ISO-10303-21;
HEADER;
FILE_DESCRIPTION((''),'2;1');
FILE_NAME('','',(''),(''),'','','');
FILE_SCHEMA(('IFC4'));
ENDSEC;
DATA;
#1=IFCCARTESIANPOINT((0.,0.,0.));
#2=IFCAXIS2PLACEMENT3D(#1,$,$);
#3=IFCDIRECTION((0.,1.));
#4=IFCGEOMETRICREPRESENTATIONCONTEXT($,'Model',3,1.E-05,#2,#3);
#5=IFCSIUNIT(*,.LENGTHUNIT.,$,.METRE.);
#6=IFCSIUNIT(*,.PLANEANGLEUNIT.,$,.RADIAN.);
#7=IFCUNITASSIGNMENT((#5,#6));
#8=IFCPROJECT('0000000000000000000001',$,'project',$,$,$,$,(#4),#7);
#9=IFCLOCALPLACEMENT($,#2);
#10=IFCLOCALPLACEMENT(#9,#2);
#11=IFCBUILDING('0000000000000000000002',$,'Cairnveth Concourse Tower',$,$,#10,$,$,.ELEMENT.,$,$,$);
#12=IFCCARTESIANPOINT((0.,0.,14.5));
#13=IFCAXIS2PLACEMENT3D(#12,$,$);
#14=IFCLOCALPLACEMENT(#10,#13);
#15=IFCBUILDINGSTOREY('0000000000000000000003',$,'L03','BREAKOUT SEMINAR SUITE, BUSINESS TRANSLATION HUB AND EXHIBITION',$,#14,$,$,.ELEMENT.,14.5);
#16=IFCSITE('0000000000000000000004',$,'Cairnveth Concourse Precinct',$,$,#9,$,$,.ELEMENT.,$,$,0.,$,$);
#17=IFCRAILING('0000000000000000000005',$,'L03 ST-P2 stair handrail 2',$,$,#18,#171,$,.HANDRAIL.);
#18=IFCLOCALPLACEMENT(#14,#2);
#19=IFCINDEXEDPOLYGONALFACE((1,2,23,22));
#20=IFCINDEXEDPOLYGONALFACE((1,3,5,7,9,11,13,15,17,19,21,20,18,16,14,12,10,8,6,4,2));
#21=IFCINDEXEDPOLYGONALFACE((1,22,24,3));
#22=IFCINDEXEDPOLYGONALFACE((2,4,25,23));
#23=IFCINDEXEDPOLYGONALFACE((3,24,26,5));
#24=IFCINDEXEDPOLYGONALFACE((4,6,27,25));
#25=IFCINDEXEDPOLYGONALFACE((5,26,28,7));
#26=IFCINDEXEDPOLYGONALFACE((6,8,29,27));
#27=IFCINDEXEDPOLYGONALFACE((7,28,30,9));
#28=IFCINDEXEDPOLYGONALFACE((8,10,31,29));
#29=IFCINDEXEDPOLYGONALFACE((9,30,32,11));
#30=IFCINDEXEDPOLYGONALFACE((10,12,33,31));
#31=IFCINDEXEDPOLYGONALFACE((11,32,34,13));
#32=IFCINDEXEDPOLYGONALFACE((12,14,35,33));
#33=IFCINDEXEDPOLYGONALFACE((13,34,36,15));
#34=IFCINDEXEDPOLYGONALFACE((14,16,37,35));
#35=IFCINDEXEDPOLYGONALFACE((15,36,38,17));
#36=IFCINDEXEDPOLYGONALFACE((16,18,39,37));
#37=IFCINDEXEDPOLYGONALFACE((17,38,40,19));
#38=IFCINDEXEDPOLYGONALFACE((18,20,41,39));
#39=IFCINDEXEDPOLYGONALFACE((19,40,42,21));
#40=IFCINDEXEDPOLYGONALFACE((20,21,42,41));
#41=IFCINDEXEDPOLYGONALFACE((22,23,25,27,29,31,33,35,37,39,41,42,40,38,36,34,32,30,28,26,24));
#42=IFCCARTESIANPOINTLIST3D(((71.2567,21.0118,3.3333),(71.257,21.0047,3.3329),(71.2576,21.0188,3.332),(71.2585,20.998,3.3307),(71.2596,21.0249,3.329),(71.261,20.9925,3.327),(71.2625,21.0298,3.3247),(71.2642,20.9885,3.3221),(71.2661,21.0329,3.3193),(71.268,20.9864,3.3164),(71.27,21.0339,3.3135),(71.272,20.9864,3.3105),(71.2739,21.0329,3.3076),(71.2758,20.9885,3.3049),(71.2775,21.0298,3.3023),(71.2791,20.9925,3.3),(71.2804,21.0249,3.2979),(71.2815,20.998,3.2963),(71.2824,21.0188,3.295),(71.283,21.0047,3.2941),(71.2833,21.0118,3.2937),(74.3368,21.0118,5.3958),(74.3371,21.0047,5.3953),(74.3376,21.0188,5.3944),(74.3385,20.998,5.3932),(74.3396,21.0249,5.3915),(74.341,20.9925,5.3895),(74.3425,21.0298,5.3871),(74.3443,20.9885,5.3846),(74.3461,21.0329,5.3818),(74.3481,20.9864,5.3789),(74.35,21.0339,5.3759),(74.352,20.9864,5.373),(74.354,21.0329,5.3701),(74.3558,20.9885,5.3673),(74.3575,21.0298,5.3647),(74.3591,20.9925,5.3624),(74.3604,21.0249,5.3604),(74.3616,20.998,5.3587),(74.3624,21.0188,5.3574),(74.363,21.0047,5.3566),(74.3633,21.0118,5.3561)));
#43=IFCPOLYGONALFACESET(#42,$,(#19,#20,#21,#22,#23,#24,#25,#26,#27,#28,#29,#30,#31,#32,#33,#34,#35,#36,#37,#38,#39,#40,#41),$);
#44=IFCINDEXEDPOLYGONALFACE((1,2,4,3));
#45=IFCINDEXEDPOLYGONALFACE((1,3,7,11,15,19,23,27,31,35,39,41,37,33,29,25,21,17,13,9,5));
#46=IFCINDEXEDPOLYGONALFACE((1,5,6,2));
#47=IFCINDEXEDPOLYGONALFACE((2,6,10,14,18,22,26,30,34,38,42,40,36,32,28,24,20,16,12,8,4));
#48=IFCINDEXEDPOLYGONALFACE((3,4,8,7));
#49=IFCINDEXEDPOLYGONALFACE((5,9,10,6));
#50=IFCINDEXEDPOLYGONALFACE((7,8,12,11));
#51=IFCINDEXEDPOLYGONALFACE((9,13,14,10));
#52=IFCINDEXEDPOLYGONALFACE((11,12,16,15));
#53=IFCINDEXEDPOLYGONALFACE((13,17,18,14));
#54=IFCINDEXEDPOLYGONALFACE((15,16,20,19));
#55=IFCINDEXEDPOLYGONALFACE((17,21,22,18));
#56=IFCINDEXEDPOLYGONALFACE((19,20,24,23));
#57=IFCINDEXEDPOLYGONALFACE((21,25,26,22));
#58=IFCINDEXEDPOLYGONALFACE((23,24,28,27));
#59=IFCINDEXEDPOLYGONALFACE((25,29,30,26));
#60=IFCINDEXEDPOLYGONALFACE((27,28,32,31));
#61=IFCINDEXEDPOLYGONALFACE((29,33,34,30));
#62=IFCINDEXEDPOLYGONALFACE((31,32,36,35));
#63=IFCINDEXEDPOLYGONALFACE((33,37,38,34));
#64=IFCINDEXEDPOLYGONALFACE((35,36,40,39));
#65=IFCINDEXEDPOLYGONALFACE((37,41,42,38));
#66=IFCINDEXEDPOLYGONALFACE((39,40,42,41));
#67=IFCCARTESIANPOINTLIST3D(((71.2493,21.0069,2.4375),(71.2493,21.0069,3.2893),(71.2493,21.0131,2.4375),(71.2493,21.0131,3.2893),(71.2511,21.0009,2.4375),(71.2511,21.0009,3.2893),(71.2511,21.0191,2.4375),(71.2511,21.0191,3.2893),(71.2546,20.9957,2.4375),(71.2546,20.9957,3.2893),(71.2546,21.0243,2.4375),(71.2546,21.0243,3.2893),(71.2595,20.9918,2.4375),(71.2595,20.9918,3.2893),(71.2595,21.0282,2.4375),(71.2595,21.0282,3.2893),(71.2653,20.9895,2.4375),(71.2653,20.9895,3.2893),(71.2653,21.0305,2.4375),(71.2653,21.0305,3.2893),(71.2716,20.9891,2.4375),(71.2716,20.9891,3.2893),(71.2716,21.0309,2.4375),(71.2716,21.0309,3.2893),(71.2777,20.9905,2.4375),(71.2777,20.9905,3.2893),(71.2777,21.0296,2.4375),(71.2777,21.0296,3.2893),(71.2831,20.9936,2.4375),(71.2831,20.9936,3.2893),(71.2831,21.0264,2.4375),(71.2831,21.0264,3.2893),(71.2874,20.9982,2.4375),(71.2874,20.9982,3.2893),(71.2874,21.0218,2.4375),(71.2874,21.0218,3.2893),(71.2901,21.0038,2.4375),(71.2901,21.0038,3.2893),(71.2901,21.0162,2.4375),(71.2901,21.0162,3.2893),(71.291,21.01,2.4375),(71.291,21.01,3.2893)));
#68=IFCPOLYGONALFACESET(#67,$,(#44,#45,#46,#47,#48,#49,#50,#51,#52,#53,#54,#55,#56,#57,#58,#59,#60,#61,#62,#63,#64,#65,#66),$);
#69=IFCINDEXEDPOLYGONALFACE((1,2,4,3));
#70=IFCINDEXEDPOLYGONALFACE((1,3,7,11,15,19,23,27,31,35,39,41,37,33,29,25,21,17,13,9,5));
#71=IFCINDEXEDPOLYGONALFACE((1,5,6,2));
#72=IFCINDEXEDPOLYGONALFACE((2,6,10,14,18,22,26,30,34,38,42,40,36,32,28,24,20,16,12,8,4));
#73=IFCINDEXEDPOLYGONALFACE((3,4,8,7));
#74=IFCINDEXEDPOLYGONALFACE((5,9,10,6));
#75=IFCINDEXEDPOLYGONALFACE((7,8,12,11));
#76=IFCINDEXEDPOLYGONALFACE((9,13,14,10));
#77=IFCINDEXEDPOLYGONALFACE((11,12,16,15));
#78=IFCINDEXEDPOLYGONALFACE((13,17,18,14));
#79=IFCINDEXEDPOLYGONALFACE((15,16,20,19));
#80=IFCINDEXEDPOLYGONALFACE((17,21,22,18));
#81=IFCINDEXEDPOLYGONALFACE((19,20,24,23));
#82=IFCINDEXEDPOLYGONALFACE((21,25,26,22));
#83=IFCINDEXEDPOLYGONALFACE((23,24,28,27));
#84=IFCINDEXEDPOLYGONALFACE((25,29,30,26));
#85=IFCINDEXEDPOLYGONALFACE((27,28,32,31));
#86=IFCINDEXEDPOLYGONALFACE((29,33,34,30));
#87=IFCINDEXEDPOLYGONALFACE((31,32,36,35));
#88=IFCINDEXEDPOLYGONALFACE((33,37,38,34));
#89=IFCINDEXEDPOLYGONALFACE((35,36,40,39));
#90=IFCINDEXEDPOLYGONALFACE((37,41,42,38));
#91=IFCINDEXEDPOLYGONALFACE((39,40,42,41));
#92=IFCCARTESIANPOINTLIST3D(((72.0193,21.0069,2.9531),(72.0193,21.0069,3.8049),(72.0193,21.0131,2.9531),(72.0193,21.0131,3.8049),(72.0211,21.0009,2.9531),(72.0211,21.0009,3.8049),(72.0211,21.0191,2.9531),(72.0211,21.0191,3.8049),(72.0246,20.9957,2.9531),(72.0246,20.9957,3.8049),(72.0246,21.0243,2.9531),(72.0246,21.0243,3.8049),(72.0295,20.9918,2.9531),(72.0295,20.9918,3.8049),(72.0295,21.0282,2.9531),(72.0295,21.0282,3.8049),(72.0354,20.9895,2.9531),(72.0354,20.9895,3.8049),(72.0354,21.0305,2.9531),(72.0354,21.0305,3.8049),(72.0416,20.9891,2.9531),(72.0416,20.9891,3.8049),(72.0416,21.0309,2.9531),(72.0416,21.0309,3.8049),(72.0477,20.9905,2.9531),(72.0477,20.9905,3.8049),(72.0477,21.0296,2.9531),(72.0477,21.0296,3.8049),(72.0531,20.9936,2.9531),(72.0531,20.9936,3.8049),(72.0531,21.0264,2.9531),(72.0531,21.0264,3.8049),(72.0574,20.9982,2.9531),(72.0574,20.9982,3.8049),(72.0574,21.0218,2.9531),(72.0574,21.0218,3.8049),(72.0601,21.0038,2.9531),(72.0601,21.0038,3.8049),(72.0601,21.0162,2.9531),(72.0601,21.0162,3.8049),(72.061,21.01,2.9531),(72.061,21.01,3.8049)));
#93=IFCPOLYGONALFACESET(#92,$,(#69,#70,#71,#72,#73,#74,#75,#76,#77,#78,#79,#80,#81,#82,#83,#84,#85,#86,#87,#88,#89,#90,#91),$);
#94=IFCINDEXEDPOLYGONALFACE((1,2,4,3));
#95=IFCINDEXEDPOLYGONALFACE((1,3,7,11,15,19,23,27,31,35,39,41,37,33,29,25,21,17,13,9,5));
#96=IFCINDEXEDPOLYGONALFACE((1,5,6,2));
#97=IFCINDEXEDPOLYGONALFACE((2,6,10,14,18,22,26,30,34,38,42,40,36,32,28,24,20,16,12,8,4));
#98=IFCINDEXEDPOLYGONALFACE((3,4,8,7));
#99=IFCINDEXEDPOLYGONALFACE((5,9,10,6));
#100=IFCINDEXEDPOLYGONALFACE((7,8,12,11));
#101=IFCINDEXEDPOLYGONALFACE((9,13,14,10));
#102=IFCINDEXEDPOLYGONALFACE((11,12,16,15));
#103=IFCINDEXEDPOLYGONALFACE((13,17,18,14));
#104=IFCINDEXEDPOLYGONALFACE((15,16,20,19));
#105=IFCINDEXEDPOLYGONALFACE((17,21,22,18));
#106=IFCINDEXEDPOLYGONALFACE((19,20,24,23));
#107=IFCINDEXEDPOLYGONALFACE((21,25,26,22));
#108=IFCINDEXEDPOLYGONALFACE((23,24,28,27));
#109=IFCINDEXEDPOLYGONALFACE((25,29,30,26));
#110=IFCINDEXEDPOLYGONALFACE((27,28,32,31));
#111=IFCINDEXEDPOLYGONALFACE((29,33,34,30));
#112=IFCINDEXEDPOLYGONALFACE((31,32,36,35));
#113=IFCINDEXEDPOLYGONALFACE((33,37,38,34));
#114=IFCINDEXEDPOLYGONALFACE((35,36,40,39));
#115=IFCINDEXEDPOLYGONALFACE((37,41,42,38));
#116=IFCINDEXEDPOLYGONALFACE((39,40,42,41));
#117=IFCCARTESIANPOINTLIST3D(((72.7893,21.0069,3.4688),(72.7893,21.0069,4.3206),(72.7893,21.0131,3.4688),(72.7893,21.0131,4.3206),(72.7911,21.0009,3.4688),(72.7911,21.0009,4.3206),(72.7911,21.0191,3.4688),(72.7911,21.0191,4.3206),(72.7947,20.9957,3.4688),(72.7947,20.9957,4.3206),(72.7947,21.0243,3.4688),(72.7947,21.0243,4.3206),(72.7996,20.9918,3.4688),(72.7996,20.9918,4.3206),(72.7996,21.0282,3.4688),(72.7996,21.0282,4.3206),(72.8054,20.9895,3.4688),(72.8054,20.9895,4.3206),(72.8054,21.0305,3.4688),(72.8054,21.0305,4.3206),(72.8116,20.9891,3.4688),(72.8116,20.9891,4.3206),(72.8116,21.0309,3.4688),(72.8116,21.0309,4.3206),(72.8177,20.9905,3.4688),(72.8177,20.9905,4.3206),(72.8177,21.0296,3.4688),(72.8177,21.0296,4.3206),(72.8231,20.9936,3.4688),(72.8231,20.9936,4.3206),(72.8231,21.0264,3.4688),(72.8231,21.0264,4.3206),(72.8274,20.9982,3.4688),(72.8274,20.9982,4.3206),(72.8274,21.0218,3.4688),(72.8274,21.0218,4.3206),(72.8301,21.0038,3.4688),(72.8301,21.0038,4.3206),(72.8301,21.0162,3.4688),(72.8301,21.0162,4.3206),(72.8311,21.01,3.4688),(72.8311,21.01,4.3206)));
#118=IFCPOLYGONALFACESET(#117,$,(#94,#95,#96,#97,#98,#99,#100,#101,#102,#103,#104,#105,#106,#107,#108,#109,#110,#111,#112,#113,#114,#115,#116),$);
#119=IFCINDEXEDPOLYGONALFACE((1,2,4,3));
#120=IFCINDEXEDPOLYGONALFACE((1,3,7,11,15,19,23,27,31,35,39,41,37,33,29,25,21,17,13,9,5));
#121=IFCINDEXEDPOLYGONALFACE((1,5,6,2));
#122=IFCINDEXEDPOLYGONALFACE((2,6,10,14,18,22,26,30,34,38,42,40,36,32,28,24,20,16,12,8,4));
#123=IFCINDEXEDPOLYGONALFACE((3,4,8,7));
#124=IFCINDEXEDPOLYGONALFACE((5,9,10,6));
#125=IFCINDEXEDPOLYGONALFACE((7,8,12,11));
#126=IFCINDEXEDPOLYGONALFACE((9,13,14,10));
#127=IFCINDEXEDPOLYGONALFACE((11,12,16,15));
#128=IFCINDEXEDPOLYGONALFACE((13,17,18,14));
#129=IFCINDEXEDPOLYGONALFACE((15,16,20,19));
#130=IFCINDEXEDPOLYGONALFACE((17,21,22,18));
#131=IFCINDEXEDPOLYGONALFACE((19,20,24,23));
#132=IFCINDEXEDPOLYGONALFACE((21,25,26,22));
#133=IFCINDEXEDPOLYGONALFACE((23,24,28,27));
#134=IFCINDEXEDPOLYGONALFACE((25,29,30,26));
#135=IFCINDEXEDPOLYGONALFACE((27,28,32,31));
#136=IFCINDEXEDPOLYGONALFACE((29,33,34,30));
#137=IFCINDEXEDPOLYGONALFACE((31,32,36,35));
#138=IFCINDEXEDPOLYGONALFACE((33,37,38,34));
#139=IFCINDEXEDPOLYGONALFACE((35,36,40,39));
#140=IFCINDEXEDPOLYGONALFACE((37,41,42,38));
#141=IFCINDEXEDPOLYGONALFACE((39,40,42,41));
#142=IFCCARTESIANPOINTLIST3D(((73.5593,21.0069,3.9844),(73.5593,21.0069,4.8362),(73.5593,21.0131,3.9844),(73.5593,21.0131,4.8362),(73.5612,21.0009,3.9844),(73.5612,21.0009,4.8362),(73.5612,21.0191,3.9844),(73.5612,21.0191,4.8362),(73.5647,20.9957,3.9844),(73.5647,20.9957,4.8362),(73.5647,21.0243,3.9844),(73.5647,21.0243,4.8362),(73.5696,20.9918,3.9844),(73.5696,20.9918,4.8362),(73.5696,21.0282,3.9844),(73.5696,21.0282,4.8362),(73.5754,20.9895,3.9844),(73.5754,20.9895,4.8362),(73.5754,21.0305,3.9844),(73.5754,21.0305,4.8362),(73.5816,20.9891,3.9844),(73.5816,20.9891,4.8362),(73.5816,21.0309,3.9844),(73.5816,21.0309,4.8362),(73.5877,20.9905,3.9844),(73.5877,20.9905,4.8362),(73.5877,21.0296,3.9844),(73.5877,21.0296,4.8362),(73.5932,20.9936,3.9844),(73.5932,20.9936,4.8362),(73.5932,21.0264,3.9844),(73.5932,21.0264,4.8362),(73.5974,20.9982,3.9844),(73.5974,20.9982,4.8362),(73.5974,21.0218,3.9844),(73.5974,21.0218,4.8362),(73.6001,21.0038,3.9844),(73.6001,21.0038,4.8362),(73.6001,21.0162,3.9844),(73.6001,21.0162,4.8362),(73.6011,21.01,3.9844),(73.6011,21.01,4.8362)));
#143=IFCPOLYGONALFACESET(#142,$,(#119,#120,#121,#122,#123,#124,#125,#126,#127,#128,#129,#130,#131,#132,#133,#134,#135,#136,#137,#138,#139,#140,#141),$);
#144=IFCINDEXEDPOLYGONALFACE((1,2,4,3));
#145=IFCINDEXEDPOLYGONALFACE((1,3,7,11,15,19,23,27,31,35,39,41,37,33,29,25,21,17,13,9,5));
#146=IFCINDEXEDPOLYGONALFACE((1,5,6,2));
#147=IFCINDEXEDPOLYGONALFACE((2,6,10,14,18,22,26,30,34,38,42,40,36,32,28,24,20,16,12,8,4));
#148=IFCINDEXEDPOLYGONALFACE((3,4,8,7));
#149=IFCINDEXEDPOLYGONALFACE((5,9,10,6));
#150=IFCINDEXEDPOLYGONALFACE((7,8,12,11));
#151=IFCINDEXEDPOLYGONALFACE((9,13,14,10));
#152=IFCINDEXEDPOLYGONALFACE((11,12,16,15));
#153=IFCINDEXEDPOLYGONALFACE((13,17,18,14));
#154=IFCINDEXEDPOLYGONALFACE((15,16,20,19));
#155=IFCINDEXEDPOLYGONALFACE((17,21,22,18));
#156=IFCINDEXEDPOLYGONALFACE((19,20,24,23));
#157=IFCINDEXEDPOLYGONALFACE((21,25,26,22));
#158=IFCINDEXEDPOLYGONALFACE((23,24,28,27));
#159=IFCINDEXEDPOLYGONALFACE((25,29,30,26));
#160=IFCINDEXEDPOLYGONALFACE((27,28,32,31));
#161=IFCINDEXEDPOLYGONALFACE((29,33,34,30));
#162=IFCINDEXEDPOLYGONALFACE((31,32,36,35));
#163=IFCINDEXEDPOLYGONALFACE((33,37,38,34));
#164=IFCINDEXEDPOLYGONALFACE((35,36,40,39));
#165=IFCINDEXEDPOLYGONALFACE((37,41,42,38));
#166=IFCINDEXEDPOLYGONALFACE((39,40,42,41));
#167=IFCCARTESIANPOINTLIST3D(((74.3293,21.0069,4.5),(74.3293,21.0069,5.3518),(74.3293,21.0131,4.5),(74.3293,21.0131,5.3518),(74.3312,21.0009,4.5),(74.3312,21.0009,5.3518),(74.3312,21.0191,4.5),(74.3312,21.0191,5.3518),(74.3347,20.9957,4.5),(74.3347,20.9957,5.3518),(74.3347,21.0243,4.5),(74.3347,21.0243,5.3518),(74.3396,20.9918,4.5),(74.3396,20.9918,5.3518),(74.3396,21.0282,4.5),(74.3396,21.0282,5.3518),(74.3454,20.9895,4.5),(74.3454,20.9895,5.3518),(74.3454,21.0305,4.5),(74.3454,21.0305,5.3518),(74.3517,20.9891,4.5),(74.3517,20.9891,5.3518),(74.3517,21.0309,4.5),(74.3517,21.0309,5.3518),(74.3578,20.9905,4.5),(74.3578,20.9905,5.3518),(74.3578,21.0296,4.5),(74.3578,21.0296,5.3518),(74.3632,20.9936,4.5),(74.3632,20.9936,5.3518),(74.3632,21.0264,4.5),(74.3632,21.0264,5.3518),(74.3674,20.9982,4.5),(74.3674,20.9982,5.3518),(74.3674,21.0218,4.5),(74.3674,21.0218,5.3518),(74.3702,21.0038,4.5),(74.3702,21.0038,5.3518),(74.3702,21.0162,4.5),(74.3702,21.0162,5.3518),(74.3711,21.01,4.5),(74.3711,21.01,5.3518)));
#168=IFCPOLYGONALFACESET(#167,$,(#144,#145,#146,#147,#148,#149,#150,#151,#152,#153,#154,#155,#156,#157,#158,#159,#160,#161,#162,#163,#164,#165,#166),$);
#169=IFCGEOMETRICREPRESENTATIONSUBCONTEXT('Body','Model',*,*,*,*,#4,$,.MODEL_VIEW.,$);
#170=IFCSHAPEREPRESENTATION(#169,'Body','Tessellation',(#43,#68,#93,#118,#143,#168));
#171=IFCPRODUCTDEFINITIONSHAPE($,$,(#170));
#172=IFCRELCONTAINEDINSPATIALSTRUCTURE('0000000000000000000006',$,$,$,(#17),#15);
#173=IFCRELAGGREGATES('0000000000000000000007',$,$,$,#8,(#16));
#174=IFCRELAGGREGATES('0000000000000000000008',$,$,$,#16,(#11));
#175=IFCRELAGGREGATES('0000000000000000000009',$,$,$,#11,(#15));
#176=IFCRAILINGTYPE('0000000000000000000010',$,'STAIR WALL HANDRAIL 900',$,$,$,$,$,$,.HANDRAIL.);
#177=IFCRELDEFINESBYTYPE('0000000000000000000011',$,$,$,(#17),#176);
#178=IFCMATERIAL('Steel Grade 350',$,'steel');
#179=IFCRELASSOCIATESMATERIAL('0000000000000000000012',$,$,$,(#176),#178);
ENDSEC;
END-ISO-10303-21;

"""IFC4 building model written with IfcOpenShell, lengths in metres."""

from ifc_helpers import new_model, si_unit, direction, frame, origin, origin_2d, place, context, subcontext, project, spatial, circle, extrude, material, type_object, element, save


model = new_model("IFC4")

# Units and contexts
model_context = context("Model", 3, precision=1e-05, world=origin(), true_north=direction((0.0, 1.0)))
body_context = subcontext(model_context, "Body", "Model", "MODEL_VIEW")
ifc_project = project(units=[si_unit("LENGTHUNIT", "METRE"), si_unit("PLANEANGLEUNIT", "RADIAN")], contexts=[model_context])

# Site, building, storey
site_placement = place(None, origin())
site = spatial("IfcSite", under=ifc_project, at=site_placement, Name="Cairnveth Concourse Precinct", CompositionType="ELEMENT", RefElevation=0.0)
building_placement = place(site_placement, origin())
building = spatial("IfcBuilding", under=site, at=building_placement, Name="Cairnveth Concourse Tower", CompositionType="ELEMENT")
storey_placement = place(building_placement, frame((0.0, 0.0, 14.5)))
storey = spatial("IfcBuildingStorey", under=building, at=storey_placement, Name="L03", Description="BREAKOUT SEMINAR SUITE, BUSINESS TRANSLATION HUB AND EXHIBITION", CompositionType="ELEMENT", Elevation=14.5)

# Shared definitions
ifc_material_1 = material(Name="Steel Grade 350", Category="steel")

# Railing
railing_type_1 = type_object("IfcRailingType", Name="STAIR WALL HANDRAIL 900", PredefinedType="HANDRAIL", material=ifc_material_1)
railing_1_placement = place(storey_placement, frame((71.27, 21.01, 2.4375)))
element("IfcRailing", 1, at=railing_1_placement, inside=storey, type_object=railing_type_1, Name="L03 ST-P2 stair handrail 2", PredefinedType="HANDRAIL", context=body_context, shape_type="SweptSolid", body=[
    extrude(circle(Radius=0.0239, at=origin_2d()), frame((0.0, 0.0, 0.876), z_axis=(0.830914, 0.0, 0.556401), x_axis=(0.0, 1.0, 0.0)), (0.0, 0.0, 1.0), 3.7068),
    extrude(circle(Radius=0.021, at=origin_2d()), origin(), (0.0, 0.0, 1.0), 0.8518),
    extrude(circle(Radius=0.021, at=origin_2d()), frame((0.77, 0.0, 0.5156)), (0.0, 0.0, 1.0), 0.8518),
    extrude(circle(Radius=0.021, at=origin_2d()), frame((1.54, 0.0, 1.0312)), (0.0, 0.0, 1.0), 0.8518),
    extrude(circle(Radius=0.021, at=origin_2d()), frame((2.3101, 0.0, 1.5469)), (0.0, 0.0, 1.0), 0.8518),
    extrude(circle(Radius=0.021, at=origin_2d()), frame((3.0801, 0.0, 2.0625)), (0.0, 0.0, 1.0), 0.8518),
])

save(model, "model.ifc")
